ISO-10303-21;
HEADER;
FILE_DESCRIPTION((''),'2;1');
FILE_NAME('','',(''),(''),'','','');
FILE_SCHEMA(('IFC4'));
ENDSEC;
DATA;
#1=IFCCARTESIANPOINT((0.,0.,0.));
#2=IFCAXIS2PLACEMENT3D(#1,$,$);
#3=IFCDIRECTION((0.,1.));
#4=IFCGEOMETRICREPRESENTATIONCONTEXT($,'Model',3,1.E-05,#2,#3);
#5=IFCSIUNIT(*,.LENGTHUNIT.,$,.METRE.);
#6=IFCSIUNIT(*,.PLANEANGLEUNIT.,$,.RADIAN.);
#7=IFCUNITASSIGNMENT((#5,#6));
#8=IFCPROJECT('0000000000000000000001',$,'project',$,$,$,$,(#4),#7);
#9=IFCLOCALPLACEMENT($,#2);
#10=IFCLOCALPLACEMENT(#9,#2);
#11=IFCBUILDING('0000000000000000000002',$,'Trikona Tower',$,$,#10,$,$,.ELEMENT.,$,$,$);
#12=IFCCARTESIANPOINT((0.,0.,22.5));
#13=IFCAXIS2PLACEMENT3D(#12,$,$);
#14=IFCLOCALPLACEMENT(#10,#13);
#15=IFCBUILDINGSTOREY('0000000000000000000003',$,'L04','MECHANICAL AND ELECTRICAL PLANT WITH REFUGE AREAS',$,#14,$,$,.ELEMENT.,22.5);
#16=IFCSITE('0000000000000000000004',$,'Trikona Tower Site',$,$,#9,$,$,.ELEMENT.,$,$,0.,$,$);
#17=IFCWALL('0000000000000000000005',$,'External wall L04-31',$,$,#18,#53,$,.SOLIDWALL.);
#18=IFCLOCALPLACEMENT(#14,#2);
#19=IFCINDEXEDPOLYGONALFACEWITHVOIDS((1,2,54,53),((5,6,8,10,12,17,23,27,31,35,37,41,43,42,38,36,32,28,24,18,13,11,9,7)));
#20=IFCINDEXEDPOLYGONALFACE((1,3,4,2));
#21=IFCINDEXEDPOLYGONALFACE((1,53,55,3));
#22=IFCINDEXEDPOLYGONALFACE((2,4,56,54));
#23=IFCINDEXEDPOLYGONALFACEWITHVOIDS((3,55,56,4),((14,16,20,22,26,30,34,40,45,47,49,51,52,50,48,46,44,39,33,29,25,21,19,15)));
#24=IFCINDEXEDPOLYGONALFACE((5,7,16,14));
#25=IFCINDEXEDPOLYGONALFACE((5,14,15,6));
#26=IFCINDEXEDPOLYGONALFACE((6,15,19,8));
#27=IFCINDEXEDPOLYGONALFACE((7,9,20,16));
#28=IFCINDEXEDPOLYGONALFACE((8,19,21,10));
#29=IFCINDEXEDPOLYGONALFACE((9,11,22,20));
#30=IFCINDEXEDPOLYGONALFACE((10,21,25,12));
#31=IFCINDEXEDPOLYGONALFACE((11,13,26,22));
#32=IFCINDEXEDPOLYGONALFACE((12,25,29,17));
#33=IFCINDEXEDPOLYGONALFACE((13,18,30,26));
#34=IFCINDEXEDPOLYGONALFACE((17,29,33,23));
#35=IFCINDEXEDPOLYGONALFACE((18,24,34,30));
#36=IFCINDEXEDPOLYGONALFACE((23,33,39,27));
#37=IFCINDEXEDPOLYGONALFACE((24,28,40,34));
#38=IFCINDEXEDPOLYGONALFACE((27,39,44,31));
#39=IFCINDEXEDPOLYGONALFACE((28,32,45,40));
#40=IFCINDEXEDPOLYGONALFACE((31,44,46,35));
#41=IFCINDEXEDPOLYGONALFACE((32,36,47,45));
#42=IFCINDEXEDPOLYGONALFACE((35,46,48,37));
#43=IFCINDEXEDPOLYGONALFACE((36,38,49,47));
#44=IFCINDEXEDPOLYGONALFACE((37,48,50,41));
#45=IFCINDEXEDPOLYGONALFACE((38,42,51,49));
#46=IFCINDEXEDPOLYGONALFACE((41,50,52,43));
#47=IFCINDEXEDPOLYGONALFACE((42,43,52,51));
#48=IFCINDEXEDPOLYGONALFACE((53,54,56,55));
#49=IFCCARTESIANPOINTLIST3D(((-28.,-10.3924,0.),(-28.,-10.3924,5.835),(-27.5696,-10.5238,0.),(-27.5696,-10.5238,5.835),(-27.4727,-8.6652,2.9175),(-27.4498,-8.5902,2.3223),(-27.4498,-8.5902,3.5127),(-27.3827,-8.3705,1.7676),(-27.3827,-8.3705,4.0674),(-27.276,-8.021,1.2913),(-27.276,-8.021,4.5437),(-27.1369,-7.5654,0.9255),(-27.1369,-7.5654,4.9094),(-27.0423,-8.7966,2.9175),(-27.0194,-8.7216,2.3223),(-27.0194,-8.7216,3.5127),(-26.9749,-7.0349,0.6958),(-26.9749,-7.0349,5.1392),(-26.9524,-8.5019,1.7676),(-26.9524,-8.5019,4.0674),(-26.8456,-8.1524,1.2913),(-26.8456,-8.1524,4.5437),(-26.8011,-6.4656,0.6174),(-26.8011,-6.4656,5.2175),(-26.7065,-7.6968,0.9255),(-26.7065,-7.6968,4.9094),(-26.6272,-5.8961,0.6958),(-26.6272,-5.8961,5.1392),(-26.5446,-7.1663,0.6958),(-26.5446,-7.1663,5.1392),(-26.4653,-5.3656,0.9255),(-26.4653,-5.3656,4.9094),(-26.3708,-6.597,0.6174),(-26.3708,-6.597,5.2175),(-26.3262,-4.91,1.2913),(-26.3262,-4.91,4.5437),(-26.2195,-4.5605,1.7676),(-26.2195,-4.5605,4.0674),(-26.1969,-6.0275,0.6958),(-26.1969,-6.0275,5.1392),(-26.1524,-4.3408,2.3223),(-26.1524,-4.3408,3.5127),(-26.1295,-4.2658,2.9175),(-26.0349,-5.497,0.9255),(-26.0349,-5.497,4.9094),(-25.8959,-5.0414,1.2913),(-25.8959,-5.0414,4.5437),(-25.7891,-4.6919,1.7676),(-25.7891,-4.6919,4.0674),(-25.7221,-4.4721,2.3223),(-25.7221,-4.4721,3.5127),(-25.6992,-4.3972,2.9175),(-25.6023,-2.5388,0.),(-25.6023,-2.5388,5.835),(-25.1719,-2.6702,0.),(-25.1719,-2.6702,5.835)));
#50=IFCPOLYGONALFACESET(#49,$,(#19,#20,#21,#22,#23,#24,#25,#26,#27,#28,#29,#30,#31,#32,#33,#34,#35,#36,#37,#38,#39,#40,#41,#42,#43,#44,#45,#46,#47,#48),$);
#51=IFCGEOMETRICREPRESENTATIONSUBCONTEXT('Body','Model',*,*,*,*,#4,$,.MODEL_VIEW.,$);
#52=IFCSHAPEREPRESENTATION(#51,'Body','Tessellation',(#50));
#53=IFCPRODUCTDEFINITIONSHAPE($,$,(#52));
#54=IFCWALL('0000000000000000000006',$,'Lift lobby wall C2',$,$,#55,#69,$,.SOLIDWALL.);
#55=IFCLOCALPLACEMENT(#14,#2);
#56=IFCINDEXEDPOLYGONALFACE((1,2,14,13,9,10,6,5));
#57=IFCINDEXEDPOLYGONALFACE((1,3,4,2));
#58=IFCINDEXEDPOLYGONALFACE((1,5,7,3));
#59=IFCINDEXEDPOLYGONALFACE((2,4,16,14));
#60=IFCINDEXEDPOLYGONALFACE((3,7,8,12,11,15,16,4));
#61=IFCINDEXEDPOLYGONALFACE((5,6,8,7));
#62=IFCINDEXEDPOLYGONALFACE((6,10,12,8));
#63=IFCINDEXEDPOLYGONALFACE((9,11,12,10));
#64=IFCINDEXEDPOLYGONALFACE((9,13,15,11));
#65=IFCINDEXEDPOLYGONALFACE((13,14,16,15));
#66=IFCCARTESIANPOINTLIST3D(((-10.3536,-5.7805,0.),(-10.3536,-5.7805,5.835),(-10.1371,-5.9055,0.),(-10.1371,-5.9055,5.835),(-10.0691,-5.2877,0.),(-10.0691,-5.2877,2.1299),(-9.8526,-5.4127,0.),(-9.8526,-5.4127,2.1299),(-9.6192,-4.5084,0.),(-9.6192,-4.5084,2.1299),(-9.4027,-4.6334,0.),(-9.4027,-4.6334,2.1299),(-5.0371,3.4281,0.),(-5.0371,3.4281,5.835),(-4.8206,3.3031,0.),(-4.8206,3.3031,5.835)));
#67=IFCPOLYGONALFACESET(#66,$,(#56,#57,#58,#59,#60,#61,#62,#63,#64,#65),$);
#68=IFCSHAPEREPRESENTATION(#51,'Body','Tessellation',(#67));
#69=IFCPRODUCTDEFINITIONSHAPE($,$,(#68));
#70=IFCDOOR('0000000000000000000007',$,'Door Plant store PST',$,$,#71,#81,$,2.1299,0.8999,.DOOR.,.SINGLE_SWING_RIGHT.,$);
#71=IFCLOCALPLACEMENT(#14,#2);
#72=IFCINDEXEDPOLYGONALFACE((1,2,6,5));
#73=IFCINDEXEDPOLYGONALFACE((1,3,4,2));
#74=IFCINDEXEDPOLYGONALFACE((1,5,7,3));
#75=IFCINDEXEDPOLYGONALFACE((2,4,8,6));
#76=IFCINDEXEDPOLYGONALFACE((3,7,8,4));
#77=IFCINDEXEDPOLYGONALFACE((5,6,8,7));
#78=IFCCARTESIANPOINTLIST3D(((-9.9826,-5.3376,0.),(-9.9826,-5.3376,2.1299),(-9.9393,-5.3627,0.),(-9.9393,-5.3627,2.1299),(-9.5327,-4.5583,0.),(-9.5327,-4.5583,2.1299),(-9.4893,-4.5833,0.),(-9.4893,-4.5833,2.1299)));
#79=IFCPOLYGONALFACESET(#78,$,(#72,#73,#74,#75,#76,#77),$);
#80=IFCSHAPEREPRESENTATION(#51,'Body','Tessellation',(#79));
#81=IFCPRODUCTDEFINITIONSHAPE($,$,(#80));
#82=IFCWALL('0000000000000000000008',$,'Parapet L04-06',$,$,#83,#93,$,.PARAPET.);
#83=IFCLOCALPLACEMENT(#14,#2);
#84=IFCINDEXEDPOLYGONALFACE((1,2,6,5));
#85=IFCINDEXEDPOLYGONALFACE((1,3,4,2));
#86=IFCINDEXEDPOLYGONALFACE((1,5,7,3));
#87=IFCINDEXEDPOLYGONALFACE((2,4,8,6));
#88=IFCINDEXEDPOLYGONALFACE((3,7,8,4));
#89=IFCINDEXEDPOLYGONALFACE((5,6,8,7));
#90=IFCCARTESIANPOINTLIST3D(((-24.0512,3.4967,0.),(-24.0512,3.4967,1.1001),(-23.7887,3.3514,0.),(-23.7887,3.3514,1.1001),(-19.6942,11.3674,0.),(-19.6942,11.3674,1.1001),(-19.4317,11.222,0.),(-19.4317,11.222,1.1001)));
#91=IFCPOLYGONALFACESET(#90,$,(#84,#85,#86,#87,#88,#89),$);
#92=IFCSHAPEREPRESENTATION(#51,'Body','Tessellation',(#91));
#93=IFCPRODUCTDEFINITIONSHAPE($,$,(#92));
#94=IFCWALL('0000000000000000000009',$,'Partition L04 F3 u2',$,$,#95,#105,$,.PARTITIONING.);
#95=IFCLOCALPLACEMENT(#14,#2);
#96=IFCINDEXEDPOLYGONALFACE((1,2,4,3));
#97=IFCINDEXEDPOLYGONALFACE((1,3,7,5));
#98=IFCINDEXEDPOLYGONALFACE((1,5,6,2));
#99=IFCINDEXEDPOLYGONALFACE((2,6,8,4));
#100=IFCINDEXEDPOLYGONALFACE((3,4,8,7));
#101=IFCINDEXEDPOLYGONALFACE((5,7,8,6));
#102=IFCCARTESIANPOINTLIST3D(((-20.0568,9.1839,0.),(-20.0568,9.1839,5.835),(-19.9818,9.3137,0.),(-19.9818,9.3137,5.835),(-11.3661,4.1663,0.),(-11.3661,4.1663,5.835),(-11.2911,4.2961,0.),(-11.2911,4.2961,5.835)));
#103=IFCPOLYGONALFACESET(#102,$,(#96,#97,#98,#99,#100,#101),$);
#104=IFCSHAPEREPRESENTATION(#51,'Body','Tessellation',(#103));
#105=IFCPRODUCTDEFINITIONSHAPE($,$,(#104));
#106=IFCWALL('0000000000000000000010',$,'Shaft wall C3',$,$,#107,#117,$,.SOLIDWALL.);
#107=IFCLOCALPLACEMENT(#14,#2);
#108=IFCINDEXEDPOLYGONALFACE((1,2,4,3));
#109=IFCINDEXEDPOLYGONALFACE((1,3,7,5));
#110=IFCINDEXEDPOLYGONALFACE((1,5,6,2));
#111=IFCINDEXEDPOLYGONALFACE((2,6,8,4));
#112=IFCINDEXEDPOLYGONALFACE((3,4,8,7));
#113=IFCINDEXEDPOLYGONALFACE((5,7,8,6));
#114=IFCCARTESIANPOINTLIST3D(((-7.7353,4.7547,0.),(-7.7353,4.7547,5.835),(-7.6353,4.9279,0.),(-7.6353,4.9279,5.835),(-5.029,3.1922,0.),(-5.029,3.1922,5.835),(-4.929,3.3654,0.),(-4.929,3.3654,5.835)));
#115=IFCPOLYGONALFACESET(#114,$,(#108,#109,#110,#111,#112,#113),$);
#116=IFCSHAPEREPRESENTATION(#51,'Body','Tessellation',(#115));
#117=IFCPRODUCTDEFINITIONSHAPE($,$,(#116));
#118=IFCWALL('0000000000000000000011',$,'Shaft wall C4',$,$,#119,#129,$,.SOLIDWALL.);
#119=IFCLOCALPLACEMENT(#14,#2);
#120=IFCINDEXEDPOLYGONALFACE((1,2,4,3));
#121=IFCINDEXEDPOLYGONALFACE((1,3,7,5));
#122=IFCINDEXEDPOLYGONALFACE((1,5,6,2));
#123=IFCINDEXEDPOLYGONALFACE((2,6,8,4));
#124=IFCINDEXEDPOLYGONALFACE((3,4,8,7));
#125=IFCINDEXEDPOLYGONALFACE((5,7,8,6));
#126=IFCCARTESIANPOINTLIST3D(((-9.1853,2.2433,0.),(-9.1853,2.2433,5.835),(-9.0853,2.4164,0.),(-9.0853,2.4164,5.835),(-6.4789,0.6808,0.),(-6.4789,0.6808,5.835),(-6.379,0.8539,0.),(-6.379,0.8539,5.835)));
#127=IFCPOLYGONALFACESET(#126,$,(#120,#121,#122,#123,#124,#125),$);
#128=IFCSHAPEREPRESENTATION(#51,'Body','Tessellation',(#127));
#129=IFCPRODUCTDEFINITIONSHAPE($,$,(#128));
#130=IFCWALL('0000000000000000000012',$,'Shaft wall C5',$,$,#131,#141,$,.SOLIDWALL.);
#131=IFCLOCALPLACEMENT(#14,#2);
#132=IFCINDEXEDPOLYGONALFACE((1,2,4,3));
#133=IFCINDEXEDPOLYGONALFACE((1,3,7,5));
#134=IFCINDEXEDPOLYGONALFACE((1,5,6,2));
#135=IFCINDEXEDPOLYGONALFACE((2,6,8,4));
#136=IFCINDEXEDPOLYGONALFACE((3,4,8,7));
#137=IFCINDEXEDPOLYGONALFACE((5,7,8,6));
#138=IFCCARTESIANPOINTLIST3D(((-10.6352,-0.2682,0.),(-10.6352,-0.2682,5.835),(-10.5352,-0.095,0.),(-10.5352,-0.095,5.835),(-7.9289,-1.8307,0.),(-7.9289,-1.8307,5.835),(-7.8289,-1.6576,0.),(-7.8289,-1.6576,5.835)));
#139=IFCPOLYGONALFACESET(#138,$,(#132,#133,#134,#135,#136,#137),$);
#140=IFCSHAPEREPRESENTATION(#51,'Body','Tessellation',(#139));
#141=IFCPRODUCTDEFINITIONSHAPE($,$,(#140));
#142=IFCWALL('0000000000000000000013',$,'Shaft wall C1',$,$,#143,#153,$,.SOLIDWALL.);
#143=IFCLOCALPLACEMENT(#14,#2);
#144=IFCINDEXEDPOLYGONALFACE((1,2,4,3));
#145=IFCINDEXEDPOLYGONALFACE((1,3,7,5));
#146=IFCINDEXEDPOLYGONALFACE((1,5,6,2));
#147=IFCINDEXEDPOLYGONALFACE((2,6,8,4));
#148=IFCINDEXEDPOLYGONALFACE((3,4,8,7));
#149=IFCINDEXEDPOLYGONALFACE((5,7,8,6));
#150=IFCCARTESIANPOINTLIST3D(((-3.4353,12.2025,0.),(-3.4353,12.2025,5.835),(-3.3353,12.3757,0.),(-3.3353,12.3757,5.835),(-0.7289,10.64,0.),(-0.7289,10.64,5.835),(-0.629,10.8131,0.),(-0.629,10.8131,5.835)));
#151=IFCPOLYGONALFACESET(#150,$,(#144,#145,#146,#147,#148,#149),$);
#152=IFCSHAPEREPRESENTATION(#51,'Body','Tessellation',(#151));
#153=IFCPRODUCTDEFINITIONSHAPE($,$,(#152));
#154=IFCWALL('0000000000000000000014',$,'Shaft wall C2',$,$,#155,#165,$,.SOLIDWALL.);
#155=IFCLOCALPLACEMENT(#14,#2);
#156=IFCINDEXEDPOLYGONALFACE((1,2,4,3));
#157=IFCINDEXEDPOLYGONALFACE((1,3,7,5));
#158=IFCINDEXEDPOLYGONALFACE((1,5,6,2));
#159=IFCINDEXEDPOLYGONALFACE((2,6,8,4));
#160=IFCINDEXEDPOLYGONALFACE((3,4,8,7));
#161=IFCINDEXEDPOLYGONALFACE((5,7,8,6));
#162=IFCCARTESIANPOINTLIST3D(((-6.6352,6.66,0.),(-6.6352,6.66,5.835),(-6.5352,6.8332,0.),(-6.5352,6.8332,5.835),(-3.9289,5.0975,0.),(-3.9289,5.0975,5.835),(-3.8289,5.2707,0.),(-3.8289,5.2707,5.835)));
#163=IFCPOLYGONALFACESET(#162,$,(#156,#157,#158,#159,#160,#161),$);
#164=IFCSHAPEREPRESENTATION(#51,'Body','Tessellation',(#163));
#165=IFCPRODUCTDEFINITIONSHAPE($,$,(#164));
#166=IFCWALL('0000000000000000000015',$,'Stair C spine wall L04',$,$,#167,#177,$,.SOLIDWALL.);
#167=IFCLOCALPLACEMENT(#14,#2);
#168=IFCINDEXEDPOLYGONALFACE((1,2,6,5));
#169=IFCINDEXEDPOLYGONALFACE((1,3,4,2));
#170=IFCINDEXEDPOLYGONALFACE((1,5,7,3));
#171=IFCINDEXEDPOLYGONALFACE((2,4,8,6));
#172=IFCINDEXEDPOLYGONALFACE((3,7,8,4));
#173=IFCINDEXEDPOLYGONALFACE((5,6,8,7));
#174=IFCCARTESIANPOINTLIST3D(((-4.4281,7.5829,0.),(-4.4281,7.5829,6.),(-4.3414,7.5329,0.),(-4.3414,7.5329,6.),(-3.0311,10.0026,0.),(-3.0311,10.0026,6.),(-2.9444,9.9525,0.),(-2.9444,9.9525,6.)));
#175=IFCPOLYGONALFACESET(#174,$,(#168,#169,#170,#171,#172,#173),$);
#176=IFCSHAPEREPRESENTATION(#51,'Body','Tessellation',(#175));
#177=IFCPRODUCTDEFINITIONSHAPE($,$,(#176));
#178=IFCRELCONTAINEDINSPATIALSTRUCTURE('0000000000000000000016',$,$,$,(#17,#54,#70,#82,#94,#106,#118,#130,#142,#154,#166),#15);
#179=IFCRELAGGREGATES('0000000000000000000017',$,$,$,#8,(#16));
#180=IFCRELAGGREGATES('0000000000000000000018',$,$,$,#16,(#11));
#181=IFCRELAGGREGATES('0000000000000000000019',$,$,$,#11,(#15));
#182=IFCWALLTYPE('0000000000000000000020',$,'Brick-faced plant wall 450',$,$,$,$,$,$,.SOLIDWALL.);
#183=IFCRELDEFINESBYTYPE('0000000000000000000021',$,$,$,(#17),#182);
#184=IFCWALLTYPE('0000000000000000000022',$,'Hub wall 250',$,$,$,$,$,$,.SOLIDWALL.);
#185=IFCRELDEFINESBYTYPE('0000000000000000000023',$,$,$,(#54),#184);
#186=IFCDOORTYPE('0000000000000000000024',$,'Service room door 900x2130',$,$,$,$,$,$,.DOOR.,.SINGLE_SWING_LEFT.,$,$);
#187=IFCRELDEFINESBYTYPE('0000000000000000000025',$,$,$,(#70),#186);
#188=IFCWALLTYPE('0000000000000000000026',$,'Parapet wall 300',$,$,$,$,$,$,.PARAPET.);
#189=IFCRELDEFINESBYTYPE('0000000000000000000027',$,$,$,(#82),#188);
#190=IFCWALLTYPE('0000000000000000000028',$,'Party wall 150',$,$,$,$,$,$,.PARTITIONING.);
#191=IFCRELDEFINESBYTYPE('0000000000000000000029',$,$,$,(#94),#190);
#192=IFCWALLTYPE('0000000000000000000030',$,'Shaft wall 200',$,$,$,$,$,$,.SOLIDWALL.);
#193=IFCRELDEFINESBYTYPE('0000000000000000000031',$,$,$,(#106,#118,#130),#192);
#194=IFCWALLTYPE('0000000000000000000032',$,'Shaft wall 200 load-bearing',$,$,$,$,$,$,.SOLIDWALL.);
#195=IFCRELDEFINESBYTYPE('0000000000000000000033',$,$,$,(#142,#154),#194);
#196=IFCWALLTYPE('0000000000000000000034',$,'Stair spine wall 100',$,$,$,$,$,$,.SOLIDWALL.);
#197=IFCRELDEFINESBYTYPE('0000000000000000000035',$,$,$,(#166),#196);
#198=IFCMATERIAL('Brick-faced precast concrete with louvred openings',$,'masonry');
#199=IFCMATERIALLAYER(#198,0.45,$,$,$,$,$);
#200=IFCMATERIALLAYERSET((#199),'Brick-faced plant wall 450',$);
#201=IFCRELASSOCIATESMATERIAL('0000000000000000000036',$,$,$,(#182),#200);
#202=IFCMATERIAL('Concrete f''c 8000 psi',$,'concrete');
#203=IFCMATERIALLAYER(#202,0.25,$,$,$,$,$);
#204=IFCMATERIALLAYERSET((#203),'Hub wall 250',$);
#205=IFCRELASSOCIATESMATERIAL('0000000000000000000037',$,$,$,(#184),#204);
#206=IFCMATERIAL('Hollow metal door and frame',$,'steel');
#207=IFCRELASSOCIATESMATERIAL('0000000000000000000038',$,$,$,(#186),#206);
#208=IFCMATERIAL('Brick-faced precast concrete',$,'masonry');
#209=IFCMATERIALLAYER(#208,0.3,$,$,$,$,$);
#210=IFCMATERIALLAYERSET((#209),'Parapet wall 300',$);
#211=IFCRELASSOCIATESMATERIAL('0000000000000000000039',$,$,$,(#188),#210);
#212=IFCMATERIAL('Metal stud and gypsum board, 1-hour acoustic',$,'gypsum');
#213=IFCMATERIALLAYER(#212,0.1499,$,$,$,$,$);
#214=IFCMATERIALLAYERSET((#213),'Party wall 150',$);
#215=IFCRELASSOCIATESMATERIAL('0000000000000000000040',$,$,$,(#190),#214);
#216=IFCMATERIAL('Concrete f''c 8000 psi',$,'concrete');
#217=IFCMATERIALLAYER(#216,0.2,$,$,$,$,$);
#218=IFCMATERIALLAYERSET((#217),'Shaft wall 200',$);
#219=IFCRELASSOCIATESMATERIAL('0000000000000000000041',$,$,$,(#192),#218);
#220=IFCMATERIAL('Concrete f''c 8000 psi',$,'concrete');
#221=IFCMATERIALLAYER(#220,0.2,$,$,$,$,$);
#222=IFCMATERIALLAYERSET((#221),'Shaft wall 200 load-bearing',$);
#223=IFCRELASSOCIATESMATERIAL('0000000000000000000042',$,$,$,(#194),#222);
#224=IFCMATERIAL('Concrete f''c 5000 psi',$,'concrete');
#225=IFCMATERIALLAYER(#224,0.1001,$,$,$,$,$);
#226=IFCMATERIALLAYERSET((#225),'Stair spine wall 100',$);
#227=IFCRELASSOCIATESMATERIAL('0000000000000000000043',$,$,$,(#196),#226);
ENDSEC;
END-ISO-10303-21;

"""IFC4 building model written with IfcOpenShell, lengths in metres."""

from ifc_helpers import new_model, si_unit, direction, frame, frame_2d, origin, place, context, subcontext, project, spatial, polyline, rectangle, outline, extrude, material, layer, layer_set, type_object, element, fill, save


model = new_model("IFC4")

# Units and contexts
model_context = context("Model", 3, precision=1e-05, world=origin(), true_north=direction((0.0, 1.0)))
body_context = subcontext(model_context, "Body", "Model", "MODEL_VIEW")
ifc_project = project(units=[si_unit("LENGTHUNIT", "METRE"), si_unit("PLANEANGLEUNIT", "RADIAN")], contexts=[model_context])

# Site, building, storey
site_placement = place(None, origin())
site = spatial("IfcSite", under=ifc_project, at=site_placement, Name="Trikona Tower Site", CompositionType="ELEMENT", RefElevation=0.0)
building_placement = place(site_placement, origin())
building = spatial("IfcBuilding", under=site, at=building_placement, Name="Trikona Tower", CompositionType="ELEMENT")
storey_placement = place(building_placement, frame((0.0, 0.0, 22.5)))
storey = spatial("IfcBuildingStorey", under=building, at=storey_placement, Name="L04", Description="MECHANICAL AND ELECTRICAL PLANT WITH REFUGE AREAS", CompositionType="ELEMENT", Elevation=22.5)

# Wall
ifc_material_1 = material(Name="Brick-faced precast concrete with louvred openings", Category="masonry")
ifc_layer_1 = layer(ifc_material_1, 0.45)
ifc_layer_set_1 = layer_set([ifc_layer_1], Name="Brick-faced plant wall 450")
wall_type_1 = type_object("IfcWallType", Name="Brick-faced plant wall 450", PredefinedType="SOLIDWALL", material=ifc_layer_set_1)
wall_1_placement = place(storey_placement, frame((-25.3872, -2.6045, 0.0), z_axis=(0.0, 0.0, 1.0), x_axis=(-0.291998, -0.956419, 0.0)))
element("IfcWall", 1, at=wall_1_placement, inside=storey, type_object=wall_type_1, Name="External wall L04-31", PredefinedType="SOLIDWALL", context=body_context, shape_type="SweptSolid", body=[
    extrude(outline(polyline([(0.0, 0.0), (8.2114, 0.0), (8.2114, 5.835), (0.0, 5.835), (0.0, 0.0)]), holes=[polyline([(6.4055, 2.9175), (6.3271, 3.5127), (6.0974, 4.0674), (5.7319, 4.5437), (5.2556, 4.9094), (4.7009, 5.1392), (4.1057, 5.2175), (3.5103, 5.1392), (2.9556, 4.9094), (2.4792, 4.5437), (2.1138, 4.0674), (1.884, 3.5127), (1.8057, 2.9175), (1.884, 2.3223), (2.1138, 1.7676), (2.4792, 1.2913), (2.9556, 0.9255), (3.5103, 0.6958), (4.1057, 0.6174), (4.7009, 0.6958), (5.2556, 0.9255), (5.7319, 1.2913), (6.0974, 1.7676), (6.3271, 2.3223), (6.4055, 2.9175)])]), frame((0.0, 0.2251, 0.0), z_axis=(0.0, -1.0, 0.0), x_axis=(1.0, 0.0, 0.0)), (0.0, 0.0, 1.0), 0.45),
])

# Wall, opening, door
ifc_material_2 = material(Name="Concrete f'c 8000 psi", Category="concrete")
ifc_layer_2 = layer(ifc_material_2, 0.25)
ifc_layer_set_2 = layer_set([ifc_layer_2], Name="Hub wall 250")
wall_type_2 = type_object("IfcWallType", Name="Hub wall 250", PredefinedType="SOLIDWALL", material=ifc_layer_set_2)
wall_2_placement = place(storey_placement, frame((-4.929, 3.3655, 0.0), z_axis=(0.0, 0.0, 1.0), x_axis=(-0.499991, -0.86603, 0.0)))
wall_2 = element("IfcWall", 2, at=wall_2_placement, inside=storey, type_object=wall_type_2, Name="Lift lobby wall C2", PredefinedType="SOLIDWALL", context=body_context, shape_type="SweptSolid", body=[
    extrude(rectangle(XDim=10.6331, YDim=0.25, at=frame_2d((5.3164, 0.0))), origin(), (0.0, 0.0, 1.0), 5.835),
])
opening_placement = place(wall_2_placement, frame((9.1641, 0.0, 0.0)))
opening = element("IfcOpeningElement", 3, at=opening_placement, cuts=wall_2, PredefinedType="OPENING", context=body_context, shape_type="SweptSolid", body=[
    extrude(rectangle(XDim=0.8999, YDim=2.1299, at=frame_2d((0.45, 1.0649))), frame((0.0, 0.135, 0.0), z_axis=(0.0, -1.0, 0.0), x_axis=(1.0, 0.0, 0.0)), (0.0, 0.0, 1.0), 0.27),
])
ifc_material_3 = material(Name="Hollow metal door and frame", Category="steel")
door_type = type_object("IfcDoorType", Name="Service room door 900x2130", OperationType="SINGLE_SWING_LEFT", PredefinedType="DOOR", material=ifc_material_3)
door_placement = place(opening_placement, origin())
door = element("IfcDoor", 4, at=door_placement, inside=storey, type_object=door_type, Name="Door Plant store PST", OperationType="SINGLE_SWING_RIGHT", OverallHeight=2.1299, OverallWidth=0.8999, PredefinedType="DOOR", context=body_context, shape_type="SweptSolid", body=[
    extrude(rectangle(XDim=0.8999, YDim=2.1299, at=frame_2d((0.45, 1.0649))), frame((0.0, 0.0249, 0.0), z_axis=(0.0, -1.0, 0.0), x_axis=(1.0, 0.0, 0.0)), (0.0, 0.0, 1.0), 0.05),
])
fill(opening, door)

# Walls
ifc_material_4 = material(Name="Brick-faced precast concrete", Category="masonry")
ifc_layer_3 = layer(ifc_material_4, 0.3)
ifc_layer_set_3 = layer_set([ifc_layer_3], Name="Parapet wall 300")
wall_type_3 = type_object("IfcWallType", Name="Parapet wall 300", PredefinedType="PARAPET", material=ifc_layer_set_3)
wall_3_placement = place(storey_placement, frame((-23.9199, 3.4241, 0.0), z_axis=(0.0, 0.0, 1.0), x_axis=(0.484315, 0.874894, 0.0)))
element("IfcWall", 5, at=wall_3_placement, inside=storey, type_object=wall_type_3, Name="Parapet L04-06", PredefinedType="PARAPET", context=body_context, shape_type="SweptSolid", body=[
    extrude(rectangle(XDim=8.9961, YDim=0.3, at=frame_2d((4.498, 0.0))), origin(), (0.0, 0.0, 1.0), 1.1001),
])
ifc_material_5 = material(Name="Metal stud and gypsum board, 1-hour acoustic", Category="gypsum")
ifc_layer_4 = layer(ifc_material_5, 0.1499)
ifc_layer_set_4 = layer_set([ifc_layer_4], Name="Party wall 150")
wall_type_4 = type_object("IfcWallType", Name="Party wall 150", PredefinedType="PARTITIONING", material=ifc_layer_set_4)
wall_4_placement = place(storey_placement, frame((-11.3286, 4.2312, 0.0), z_axis=(0.0, 0.0, 1.0), x_axis=(-0.866025, 0.500001, 0.0)))
element("IfcWall", 6, at=wall_4_placement, inside=storey, type_object=wall_type_4, Name="Partition L04 F3 u2", PredefinedType="PARTITIONING", context=body_context, shape_type="SweptSolid", body=[
    extrude(rectangle(XDim=10.0352, YDim=0.1499, at=frame_2d((5.0176, 0.0))), origin(), (0.0, 0.0, 1.0), 5.835),
])
ifc_material_6 = material(Name="Concrete f'c 8000 psi", Category="concrete")
ifc_layer_5 = layer(ifc_material_6, 0.2)
ifc_layer_set_5 = layer_set([ifc_layer_5], Name="Shaft wall 200")
wall_type_5 = type_object("IfcWallType", Name="Shaft wall 200", PredefinedType="SOLIDWALL", material=ifc_layer_set_5)
for number, where, z_axis, x_axis, name in (
    (7, (-4.979, 3.2788, 0.0), (0.0, 0.0, 1.0), (-0.866023, 0.500004, 0.0), "Shaft wall C3"),
    (8, (-6.429, 0.7673, 0.0), (0.0, 0.0, 1.0), (-0.866023, 0.500004, 0.0), "Shaft wall C4"),
    (9, (-7.8789, -1.7441, 0.0), (0.0, 0.0, 1.0), (-0.866023, 0.500004, 0.0), "Shaft wall C5"),
):
    element("IfcWall", number, at=place(storey_placement, frame(where, z_axis=z_axis, x_axis=x_axis)), inside=storey, type_object=wall_type_5, Name=name, PredefinedType="SOLIDWALL", context=body_context, shape_type="SweptSolid", body=[
        extrude(rectangle(XDim=3.125, YDim=0.2, at=frame_2d((1.5625, 0.0))), origin(), (0.0, 0.0, 1.0), 5.835),
    ])
ifc_material_7 = material(Name="Concrete f'c 8000 psi", Category="concrete")
ifc_layer_6 = layer(ifc_material_7, 0.2)
ifc_layer_set_6 = layer_set([ifc_layer_6], Name="Shaft wall 200 load-bearing")
wall_type_6 = type_object("IfcWallType", Name="Shaft wall 200 load-bearing", PredefinedType="SOLIDWALL", material=ifc_layer_set_6)
for number, where, z_axis, x_axis, name in (
    (10, (-0.679, 10.7266, 0.0), (0.0, 0.0, 1.0), (-0.866023, 0.500004, 0.0), "Shaft wall C1"),
    (11, (-3.8789, 5.1841, 0.0), (0.0, 0.0, 1.0), (-0.866023, 0.500004, 0.0), "Shaft wall C2"),
):
    element("IfcWall", number, at=place(storey_placement, frame(where, z_axis=z_axis, x_axis=x_axis)), inside=storey, type_object=wall_type_6, Name=name, PredefinedType="SOLIDWALL", context=body_context, shape_type="SweptSolid", body=[
        extrude(rectangle(XDim=3.125, YDim=0.2, at=frame_2d((1.5625, 0.0))), origin(), (0.0, 0.0, 1.0), 5.835),
    ])
ifc_material_8 = material(Name="Concrete f'c 5000 psi", Category="concrete")
ifc_layer_7 = layer(ifc_material_8, 0.1001)
ifc_layer_set_7 = layer_set([ifc_layer_7], Name="Stair spine wall 100")
wall_type_7 = type_object("IfcWallType", Name="Stair spine wall 100", PredefinedType="SOLIDWALL", material=ifc_layer_set_7)
wall_5_placement = place(storey_placement, frame((-2.9878, 9.9775, 0.0), z_axis=(0.0, 0.0, 1.0), x_axis=(-0.499992, -0.86603, 0.0)))
element("IfcWall", 12, at=wall_5_placement, inside=storey, type_object=wall_type_7, Name="Stair C spine wall L04", PredefinedType="SOLIDWALL", context=body_context, shape_type="SweptSolid", body=[
    extrude(rectangle(XDim=2.7939, YDim=0.1001, at=frame_2d((1.397, 0.0))), origin(), (0.0, 0.0, 1.0), 6.0),
])

save(model, "model.ifc")
